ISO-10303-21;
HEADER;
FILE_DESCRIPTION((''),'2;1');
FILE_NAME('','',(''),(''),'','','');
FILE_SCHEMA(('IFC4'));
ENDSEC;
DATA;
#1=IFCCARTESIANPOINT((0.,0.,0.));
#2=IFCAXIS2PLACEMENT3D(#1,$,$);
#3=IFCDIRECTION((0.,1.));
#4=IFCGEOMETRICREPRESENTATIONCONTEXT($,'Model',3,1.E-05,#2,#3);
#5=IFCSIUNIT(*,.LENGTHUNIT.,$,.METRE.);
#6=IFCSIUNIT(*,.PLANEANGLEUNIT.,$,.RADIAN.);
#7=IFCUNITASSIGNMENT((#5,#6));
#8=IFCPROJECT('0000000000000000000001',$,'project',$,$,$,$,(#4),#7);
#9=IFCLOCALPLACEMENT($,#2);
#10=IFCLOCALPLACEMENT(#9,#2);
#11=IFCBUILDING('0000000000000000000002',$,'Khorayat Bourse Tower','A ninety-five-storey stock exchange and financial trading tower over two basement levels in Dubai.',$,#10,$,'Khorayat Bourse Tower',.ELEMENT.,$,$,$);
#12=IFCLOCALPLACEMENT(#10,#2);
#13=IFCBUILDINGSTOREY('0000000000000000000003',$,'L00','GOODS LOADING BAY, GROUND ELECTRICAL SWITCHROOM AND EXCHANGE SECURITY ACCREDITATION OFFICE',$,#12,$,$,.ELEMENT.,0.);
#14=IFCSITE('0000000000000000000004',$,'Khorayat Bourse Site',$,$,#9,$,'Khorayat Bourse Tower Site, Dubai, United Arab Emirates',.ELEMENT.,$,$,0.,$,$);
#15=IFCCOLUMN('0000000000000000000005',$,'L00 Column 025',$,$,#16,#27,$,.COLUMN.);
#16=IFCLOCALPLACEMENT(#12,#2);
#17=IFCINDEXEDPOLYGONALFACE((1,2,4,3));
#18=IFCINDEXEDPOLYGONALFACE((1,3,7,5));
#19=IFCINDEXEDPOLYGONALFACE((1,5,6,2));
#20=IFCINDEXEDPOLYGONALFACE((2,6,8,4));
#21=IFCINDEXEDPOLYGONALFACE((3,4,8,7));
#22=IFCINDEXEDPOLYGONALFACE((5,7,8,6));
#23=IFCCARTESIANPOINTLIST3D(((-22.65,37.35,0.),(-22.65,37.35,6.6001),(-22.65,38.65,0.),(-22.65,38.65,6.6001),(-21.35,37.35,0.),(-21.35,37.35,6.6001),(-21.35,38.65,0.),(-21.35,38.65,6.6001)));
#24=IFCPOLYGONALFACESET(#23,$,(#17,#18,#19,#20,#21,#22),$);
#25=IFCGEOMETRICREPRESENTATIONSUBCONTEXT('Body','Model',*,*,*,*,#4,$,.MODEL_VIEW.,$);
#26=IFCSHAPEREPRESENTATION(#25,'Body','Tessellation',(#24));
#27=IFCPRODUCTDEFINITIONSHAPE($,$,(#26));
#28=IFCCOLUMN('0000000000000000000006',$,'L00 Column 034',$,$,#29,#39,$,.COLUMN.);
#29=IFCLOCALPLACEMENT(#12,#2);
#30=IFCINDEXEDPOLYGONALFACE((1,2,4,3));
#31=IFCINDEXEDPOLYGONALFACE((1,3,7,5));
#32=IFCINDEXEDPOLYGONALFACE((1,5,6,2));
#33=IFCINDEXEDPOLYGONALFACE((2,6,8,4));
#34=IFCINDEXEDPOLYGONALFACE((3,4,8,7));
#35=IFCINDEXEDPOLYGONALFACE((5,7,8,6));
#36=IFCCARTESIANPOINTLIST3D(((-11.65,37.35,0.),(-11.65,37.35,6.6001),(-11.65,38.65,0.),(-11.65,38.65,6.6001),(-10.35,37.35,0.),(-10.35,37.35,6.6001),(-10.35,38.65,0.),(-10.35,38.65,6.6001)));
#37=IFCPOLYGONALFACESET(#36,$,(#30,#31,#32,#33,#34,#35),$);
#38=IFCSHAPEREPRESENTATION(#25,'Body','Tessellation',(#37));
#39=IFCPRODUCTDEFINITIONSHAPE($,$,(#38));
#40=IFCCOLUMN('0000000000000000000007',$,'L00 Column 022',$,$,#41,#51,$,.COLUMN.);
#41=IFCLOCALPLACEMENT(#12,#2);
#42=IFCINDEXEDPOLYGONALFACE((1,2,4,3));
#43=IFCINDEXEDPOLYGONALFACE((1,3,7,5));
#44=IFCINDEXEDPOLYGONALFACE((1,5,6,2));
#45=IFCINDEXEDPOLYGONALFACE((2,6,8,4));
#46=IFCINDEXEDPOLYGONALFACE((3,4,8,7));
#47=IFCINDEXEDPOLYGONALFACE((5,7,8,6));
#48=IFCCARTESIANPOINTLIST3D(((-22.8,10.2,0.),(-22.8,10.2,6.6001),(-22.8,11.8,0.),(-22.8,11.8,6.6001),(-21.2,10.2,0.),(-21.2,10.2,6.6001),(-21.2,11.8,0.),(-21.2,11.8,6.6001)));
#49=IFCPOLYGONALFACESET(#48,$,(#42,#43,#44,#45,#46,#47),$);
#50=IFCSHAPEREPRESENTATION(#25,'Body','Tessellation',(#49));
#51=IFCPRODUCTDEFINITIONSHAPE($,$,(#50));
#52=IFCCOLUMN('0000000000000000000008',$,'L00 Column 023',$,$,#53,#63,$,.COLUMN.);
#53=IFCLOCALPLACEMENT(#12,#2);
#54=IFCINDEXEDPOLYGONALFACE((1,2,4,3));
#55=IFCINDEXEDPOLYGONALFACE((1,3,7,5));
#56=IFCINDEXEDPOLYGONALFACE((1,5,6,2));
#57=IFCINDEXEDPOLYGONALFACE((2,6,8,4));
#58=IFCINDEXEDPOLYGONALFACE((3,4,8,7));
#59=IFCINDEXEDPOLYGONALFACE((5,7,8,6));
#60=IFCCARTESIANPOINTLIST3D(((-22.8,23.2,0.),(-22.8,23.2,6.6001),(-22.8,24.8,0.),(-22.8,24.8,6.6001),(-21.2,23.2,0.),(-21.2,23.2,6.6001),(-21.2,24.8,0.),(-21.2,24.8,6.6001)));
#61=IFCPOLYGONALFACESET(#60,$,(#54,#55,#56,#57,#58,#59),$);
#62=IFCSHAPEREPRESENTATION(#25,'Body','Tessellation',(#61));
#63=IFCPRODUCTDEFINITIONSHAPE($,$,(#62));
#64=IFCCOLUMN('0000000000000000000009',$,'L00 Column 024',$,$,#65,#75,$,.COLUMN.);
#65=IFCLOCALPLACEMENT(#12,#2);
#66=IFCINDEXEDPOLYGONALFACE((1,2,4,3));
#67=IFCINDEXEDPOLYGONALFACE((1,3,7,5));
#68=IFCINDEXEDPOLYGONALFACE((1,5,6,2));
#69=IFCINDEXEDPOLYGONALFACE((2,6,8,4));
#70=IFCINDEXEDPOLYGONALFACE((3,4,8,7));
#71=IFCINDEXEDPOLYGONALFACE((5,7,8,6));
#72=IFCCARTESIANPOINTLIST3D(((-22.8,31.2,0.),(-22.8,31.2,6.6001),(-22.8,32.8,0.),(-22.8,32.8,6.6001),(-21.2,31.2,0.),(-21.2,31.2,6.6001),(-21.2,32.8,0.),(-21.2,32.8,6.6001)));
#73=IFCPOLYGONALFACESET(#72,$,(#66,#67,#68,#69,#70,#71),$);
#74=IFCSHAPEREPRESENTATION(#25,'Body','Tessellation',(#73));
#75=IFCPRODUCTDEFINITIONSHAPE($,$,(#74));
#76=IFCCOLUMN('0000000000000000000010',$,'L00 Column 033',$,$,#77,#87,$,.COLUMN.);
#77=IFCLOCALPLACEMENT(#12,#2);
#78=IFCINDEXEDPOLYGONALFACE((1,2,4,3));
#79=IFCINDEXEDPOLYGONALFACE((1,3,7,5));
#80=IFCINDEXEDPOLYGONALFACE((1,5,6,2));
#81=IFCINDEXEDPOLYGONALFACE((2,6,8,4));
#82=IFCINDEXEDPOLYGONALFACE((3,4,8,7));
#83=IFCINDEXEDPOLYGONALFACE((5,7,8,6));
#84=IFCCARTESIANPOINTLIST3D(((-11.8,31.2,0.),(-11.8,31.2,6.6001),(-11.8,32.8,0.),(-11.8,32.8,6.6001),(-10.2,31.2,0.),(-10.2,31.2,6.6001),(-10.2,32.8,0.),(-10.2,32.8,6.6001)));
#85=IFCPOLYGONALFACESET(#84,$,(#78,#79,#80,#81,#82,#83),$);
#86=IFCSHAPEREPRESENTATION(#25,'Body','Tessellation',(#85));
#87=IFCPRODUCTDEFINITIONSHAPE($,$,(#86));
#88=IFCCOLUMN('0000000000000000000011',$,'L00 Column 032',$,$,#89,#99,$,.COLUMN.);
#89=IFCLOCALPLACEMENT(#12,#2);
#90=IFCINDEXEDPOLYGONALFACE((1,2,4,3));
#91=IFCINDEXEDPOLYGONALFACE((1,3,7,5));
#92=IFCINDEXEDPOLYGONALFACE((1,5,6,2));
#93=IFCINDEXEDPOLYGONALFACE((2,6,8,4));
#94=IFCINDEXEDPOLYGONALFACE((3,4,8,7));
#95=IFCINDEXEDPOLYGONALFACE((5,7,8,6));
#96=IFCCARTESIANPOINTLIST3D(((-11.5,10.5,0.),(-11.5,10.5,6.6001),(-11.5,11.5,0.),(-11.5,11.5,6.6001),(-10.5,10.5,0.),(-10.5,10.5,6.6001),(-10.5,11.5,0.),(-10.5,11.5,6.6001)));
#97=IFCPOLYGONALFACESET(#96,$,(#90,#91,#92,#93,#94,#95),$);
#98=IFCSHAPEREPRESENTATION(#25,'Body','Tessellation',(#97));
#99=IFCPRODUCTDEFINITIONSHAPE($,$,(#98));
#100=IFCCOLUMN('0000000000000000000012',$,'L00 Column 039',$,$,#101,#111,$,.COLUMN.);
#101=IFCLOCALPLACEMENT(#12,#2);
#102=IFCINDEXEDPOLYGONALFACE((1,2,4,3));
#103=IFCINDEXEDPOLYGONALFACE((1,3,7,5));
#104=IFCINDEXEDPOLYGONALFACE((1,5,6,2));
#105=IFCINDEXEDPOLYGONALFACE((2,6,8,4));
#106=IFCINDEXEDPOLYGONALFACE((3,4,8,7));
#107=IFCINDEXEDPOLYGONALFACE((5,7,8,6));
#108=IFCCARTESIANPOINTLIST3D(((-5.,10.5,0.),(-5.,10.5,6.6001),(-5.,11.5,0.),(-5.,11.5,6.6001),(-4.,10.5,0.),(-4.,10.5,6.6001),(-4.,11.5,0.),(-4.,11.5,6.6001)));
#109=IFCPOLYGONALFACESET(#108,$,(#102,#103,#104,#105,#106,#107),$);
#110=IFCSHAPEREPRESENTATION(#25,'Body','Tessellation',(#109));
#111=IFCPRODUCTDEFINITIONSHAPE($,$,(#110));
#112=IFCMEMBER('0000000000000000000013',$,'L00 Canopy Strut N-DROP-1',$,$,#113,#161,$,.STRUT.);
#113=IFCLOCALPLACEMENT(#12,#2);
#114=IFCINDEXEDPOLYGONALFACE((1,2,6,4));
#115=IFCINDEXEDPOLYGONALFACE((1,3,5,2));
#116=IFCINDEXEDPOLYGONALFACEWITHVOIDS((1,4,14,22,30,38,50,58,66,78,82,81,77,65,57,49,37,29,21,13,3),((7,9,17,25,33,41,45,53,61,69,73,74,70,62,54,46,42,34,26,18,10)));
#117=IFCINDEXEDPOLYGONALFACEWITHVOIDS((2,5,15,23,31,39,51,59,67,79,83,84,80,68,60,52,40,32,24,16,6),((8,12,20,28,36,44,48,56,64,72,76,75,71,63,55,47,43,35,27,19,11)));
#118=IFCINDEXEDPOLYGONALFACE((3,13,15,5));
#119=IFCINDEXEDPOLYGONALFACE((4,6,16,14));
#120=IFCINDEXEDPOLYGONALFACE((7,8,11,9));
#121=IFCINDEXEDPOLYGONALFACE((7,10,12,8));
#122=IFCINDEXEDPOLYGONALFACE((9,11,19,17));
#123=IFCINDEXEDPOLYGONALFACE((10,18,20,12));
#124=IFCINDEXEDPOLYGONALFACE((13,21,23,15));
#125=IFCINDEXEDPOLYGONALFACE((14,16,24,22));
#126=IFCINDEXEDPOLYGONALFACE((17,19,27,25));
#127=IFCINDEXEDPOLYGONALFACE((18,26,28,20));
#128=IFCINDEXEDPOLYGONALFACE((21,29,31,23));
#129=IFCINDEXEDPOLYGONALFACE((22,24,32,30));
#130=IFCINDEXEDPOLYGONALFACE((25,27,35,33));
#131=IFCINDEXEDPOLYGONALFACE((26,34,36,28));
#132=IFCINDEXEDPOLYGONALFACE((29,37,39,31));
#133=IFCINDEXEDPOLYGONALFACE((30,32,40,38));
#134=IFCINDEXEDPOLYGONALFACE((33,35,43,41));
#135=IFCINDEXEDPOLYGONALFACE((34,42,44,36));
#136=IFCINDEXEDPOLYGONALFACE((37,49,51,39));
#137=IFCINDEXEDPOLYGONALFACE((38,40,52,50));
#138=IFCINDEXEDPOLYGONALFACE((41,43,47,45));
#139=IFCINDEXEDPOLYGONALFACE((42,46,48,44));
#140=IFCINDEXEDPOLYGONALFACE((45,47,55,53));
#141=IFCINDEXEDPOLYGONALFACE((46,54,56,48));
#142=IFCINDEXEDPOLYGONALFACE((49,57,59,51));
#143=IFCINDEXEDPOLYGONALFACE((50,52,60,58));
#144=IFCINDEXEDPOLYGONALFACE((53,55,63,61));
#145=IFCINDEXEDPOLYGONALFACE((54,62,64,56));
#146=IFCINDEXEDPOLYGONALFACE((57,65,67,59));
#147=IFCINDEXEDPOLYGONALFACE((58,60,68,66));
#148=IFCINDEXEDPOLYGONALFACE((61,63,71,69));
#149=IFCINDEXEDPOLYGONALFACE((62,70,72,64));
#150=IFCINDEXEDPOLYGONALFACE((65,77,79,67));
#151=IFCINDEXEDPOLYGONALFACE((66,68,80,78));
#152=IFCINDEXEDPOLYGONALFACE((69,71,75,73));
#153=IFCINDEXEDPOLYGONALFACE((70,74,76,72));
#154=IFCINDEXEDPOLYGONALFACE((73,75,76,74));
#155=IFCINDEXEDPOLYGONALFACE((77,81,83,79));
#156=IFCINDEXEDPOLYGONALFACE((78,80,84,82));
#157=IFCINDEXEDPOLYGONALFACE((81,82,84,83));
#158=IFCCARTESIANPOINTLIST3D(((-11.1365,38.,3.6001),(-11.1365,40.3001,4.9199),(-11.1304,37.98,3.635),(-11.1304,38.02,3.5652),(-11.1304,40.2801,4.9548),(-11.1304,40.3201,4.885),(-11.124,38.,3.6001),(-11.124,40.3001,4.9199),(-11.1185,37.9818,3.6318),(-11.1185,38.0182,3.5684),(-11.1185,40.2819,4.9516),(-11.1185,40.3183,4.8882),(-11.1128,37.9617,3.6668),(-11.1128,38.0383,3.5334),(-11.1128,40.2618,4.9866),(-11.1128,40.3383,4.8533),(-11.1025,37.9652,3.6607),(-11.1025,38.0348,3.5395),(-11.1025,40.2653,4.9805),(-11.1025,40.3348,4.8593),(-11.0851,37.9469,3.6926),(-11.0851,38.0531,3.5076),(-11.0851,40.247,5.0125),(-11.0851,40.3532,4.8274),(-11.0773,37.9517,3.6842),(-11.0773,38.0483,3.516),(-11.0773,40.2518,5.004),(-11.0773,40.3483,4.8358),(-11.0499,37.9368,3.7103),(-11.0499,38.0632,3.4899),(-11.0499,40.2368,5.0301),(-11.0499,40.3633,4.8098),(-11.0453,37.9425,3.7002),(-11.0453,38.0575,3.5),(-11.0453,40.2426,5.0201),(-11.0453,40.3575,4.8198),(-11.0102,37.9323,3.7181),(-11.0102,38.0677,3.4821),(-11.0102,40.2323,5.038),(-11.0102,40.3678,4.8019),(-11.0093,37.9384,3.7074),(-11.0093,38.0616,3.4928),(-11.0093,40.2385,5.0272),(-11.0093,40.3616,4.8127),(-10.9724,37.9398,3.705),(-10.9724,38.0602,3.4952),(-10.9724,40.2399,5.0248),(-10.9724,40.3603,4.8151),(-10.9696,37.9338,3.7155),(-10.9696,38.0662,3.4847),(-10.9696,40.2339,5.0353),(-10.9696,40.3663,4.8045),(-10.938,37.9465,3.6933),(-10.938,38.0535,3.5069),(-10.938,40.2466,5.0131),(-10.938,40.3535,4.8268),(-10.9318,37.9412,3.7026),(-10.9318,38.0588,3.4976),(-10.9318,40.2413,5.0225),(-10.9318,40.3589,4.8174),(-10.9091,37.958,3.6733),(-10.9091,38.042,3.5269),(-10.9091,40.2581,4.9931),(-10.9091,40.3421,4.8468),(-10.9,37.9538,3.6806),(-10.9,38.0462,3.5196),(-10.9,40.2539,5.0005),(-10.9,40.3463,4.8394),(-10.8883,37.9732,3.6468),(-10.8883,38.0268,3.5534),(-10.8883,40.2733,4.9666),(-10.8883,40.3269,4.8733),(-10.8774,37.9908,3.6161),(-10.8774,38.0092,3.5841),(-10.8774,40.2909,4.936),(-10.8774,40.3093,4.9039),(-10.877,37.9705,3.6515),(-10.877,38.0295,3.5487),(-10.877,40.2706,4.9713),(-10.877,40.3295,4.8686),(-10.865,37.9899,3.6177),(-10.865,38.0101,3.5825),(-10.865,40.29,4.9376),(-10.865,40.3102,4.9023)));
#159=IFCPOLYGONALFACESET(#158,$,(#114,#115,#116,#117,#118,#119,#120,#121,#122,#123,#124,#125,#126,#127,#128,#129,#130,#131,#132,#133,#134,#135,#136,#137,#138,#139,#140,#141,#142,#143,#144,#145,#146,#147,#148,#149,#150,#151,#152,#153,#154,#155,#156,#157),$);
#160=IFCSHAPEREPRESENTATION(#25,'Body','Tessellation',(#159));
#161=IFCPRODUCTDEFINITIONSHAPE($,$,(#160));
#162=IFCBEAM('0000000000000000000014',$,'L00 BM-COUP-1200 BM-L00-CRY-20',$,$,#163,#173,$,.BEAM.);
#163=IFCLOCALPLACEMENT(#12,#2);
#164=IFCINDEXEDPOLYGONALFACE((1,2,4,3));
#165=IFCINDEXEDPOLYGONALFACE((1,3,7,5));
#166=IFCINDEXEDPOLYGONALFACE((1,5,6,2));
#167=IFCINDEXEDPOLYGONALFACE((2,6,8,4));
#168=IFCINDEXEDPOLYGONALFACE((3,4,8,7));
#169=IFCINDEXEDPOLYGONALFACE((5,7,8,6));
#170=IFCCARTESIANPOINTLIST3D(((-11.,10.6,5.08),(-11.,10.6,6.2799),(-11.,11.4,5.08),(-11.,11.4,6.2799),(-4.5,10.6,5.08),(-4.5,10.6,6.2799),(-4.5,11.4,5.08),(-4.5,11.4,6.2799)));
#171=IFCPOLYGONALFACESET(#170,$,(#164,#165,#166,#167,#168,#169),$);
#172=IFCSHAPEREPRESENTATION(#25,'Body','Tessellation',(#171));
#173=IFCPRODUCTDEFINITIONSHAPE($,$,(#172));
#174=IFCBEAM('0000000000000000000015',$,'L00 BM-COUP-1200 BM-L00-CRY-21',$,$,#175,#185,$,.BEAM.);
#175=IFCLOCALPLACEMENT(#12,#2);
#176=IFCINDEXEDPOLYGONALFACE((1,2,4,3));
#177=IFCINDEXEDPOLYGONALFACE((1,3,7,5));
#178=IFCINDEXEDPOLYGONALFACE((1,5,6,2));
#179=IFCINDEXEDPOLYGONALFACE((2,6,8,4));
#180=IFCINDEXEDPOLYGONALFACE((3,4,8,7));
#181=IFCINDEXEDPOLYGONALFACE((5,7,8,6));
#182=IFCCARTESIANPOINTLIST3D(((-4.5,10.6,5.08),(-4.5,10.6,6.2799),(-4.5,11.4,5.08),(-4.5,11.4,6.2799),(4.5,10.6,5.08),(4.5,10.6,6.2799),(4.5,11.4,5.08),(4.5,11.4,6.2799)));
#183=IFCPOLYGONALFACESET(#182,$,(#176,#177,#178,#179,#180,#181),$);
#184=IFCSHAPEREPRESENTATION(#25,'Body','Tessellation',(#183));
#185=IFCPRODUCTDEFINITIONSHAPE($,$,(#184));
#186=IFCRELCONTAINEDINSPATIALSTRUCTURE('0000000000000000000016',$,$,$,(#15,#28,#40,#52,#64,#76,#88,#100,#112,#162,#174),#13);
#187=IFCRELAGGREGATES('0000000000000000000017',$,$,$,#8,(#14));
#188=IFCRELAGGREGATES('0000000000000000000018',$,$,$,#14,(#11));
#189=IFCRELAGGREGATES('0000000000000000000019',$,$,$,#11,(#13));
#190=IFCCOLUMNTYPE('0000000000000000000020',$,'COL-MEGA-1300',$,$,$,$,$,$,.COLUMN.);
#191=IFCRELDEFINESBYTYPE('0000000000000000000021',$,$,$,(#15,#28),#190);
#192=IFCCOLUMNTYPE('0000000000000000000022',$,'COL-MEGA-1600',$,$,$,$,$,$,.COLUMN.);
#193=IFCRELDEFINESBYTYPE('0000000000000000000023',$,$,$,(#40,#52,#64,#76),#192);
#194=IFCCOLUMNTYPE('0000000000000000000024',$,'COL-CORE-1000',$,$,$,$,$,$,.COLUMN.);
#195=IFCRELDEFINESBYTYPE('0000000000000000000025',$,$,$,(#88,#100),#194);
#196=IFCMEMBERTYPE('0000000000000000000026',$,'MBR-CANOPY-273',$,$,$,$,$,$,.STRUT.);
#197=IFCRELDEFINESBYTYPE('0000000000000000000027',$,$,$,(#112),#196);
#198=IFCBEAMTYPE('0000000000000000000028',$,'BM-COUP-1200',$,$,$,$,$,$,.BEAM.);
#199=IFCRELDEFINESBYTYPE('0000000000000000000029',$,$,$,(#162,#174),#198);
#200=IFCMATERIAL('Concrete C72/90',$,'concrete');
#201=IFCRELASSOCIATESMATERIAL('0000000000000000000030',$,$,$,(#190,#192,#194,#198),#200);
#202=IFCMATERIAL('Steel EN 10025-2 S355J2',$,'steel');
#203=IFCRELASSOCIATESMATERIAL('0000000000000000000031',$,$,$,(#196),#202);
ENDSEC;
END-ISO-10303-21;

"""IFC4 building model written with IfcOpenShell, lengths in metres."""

from ifc_helpers import new_model, si_unit, direction, frame, origin, origin_2d, place, context, subcontext, project, spatial, rectangle, hollow_circle, extrude, source, transform, mapped, material, material_profile, profile_set, type_object, element, save


model = new_model("IFC4")

# Units and contexts
model_context = context("Model", 3, precision=1e-05, world=origin(), true_north=direction((0.0, 1.0)))
body_context = subcontext(model_context, "Body", "Model", "MODEL_VIEW")
ifc_project = project(units=[si_unit("LENGTHUNIT", "METRE"), si_unit("PLANEANGLEUNIT", "RADIAN")], contexts=[model_context])

# Site, building, storey
site_placement = place(None, origin())
site = spatial("IfcSite", under=ifc_project, at=site_placement, Name="Khorayat Bourse Site", LongName="Khorayat Bourse Tower Site, Dubai, United Arab Emirates", CompositionType="ELEMENT", RefElevation=0.0)
building_placement = place(site_placement, origin())
building = spatial("IfcBuilding", under=site, at=building_placement, Name="Khorayat Bourse Tower", Description="A ninety-five-storey stock exchange and financial trading tower over two basement levels in Dubai.", LongName="Khorayat Bourse Tower", CompositionType="ELEMENT")
storey_placement = place(building_placement, origin())
storey = spatial("IfcBuildingStorey", under=building, at=storey_placement, Name="L00", Description="GOODS LOADING BAY, GROUND ELECTRICAL SWITCHROOM AND EXCHANGE SECURITY ACCREDITATION OFFICE", CompositionType="ELEMENT", Elevation=0.0)

# Columns
ifc_material_1 = material(Name="Concrete C72/90", Category="concrete")
ifc_material_profile_1 = material_profile(ifc_material_1, rectangle(XDim=1.3, YDim=1.3, at=origin_2d()), Name="RC 1300x1300")
ifc_profile_set_1 = profile_set([ifc_material_profile_1], Name="Concrete C72/90")
column_type_1 = type_object("IfcColumnType", Name="COL-MEGA-1300", PredefinedType="COLUMN", material=ifc_profile_set_1)
shared_shape_1 = source(origin(), body_context, "Body", "SweptSolid", [
    extrude(rectangle(XDim=1.3, YDim=1.3, at=origin_2d()), origin(), (0.0, 0.0, 1.0), 6.6001),
])
for number, where, z_axis, x_axis, name in (
    (1, (-22.0, 38.0, 0.0), (0.0, 0.0, 1.0), (1.0, 0.0, 0.0), "L00 Column 025"),
    (2, (-11.0, 38.0, 0.0), (0.0, 0.0, 1.0), (1.0, 0.0, 0.0), "L00 Column 034"),
):
    element("IfcColumn", number, at=place(storey_placement, frame(where, z_axis=z_axis, x_axis=x_axis)), inside=storey, type_object=column_type_1, Name=name, PredefinedType="COLUMN", context=body_context, shape_type="MappedRepresentation", body=[
        mapped(shared_shape_1, transform((0.0, 0.0, 0.0), scale=1.0)),
    ])
ifc_material_profile_2 = material_profile(ifc_material_1, rectangle(XDim=1.6001, YDim=1.6001, at=origin_2d()), Name="RC 1600x1600")
ifc_profile_set_2 = profile_set([ifc_material_profile_2], Name="Concrete C72/90")
column_type_2 = type_object("IfcColumnType", Name="COL-MEGA-1600", PredefinedType="COLUMN", material=ifc_profile_set_2)
shared_shape_2 = source(origin(), body_context, "Body", "SweptSolid", [
    extrude(rectangle(XDim=1.6001, YDim=1.6001, at=origin_2d()), origin(), (0.0, 0.0, 1.0), 6.6001),
])
for number, where, z_axis, x_axis, name in (
    (3, (-22.0, 11.0, 0.0), (0.0, 0.0, 1.0), (1.0, 0.0, 0.0), "L00 Column 022"),
    (4, (-22.0, 24.0, 0.0), (0.0, 0.0, 1.0), (1.0, 0.0, 0.0), "L00 Column 023"),
    (5, (-22.0, 32.0, 0.0), (0.0, 0.0, 1.0), (1.0, 0.0, 0.0), "L00 Column 024"),
    (6, (-11.0, 32.0, 0.0), (0.0, 0.0, 1.0), (1.0, 0.0, 0.0), "L00 Column 033"),
):
    element("IfcColumn", number, at=place(storey_placement, frame(where, z_axis=z_axis, x_axis=x_axis)), inside=storey, type_object=column_type_2, Name=name, PredefinedType="COLUMN", context=body_context, shape_type="MappedRepresentation", body=[
        mapped(shared_shape_2, transform((0.0, 0.0, 0.0), scale=1.0)),
    ])
ifc_material_profile_3 = material_profile(ifc_material_1, rectangle(XDim=1.0, YDim=1.0, at=origin_2d()), Name="RC 1000x1000")
ifc_profile_set_3 = profile_set([ifc_material_profile_3], Name="Concrete C72/90")
column_type_3 = type_object("IfcColumnType", Name="COL-CORE-1000", PredefinedType="COLUMN", material=ifc_profile_set_3)
shared_shape_3 = source(origin(), body_context, "Body", "SweptSolid", [
    extrude(rectangle(XDim=1.0, YDim=1.0, at=origin_2d()), origin(), (0.0, 0.0, 1.0), 6.6001),
])
for number, where, z_axis, x_axis, name in (
    (7, (-11.0, 11.0, 0.0), (0.0, 0.0, 1.0), (1.0, 0.0, 0.0), "L00 Column 032"),
    (8, (-4.5, 11.0, 0.0), (0.0, 0.0, 1.0), (1.0, 0.0, 0.0), "L00 Column 039"),
):
    element("IfcColumn", number, at=place(storey_placement, frame(where, z_axis=z_axis, x_axis=x_axis)), inside=storey, type_object=column_type_3, Name=name, PredefinedType="COLUMN", context=body_context, shape_type="MappedRepresentation", body=[
        mapped(shared_shape_3, transform((0.0, 0.0, 0.0), scale=1.0)),
    ])

# Member
ifc_material_2 = material(Name="Steel EN 10025-2 S355J2", Category="steel")
ifc_material_profile_4 = material_profile(ifc_material_2, hollow_circle(Radius=0.1365, WallThickness=0.0125, at=origin_2d()), Name="CHS 273x12.5")
ifc_profile_set_4 = profile_set([ifc_material_profile_4], Name="Steel EN 10025-2 S355J2")
member_type = type_object("IfcMemberType", Name="MBR-CANOPY-273", PredefinedType="STRUT", material=ifc_profile_set_4)
shared_shape_4 = source(origin(), body_context, "Body", "SweptSolid", [
    extrude(hollow_circle(Radius=0.1365, WallThickness=0.0125, at=origin_2d()), origin(), (0.0, 0.0, 1.0), 2.6519),
])
member_placement = place(storey_placement, frame((-11.0, 38.0, 3.6001), z_axis=(0.0, 0.867347, 0.497705), x_axis=(-1.0, 0.0, 0.0)))
element("IfcMember", 9, at=member_placement, inside=storey, type_object=member_type, Name="L00 Canopy Strut N-DROP-1", PredefinedType="STRUT", context=body_context, shape_type="MappedRepresentation", body=[
    mapped(shared_shape_4, transform((0.0, 0.0, 0.0), scale=1.0)),
])

# Beams
ifc_material_profile_5 = material_profile(ifc_material_1, rectangle(XDim=0.8, YDim=1.2, at=origin_2d()), Name="RC 800x1200")
ifc_profile_set_5 = profile_set([ifc_material_profile_5], Name="Concrete C72/90")
beam_type_1 = type_object("IfcBeamType", Name="BM-COUP-1200", PredefinedType="BEAM", material=ifc_profile_set_5)
shared_shape_5 = source(origin(), body_context, "Body", "SweptSolid", [
    extrude(rectangle(XDim=0.8, YDim=1.2, at=origin_2d()), origin(), (0.0, 0.0, 1.0), 6.5),
])
beam_1_placement = place(storey_placement, frame((-11.0, 11.0, 5.6799), z_axis=(1.0, 0.0, 0.0), x_axis=(0.0, 1.0, 0.0)))
element("IfcBeam", 10, at=beam_1_placement, inside=storey, type_object=beam_type_1, Name="L00 BM-COUP-1200 BM-L00-CRY-20", PredefinedType="BEAM", context=body_context, shape_type="MappedRepresentation", body=[
    mapped(shared_shape_5, transform((0.0, 0.0, 0.0), scale=1.0)),
])
shared_shape_6 = source(origin(), body_context, "Body", "SweptSolid", [
    extrude(rectangle(XDim=0.8, YDim=1.2, at=origin_2d()), origin(), (0.0, 0.0, 1.0), 9.0),
])
beam_2_placement = place(storey_placement, frame((-4.5, 11.0, 5.6799), z_axis=(1.0, 0.0, 0.0), x_axis=(0.0, 1.0, 0.0)))
element("IfcBeam", 11, at=beam_2_placement, inside=storey, type_object=beam_type_1, Name="L00 BM-COUP-1200 BM-L00-CRY-21", PredefinedType="BEAM", context=body_context, shape_type="MappedRepresentation", body=[
    mapped(shared_shape_6, transform((0.0, 0.0, 0.0), scale=1.0)),
])

save(model, "model.ifc")
